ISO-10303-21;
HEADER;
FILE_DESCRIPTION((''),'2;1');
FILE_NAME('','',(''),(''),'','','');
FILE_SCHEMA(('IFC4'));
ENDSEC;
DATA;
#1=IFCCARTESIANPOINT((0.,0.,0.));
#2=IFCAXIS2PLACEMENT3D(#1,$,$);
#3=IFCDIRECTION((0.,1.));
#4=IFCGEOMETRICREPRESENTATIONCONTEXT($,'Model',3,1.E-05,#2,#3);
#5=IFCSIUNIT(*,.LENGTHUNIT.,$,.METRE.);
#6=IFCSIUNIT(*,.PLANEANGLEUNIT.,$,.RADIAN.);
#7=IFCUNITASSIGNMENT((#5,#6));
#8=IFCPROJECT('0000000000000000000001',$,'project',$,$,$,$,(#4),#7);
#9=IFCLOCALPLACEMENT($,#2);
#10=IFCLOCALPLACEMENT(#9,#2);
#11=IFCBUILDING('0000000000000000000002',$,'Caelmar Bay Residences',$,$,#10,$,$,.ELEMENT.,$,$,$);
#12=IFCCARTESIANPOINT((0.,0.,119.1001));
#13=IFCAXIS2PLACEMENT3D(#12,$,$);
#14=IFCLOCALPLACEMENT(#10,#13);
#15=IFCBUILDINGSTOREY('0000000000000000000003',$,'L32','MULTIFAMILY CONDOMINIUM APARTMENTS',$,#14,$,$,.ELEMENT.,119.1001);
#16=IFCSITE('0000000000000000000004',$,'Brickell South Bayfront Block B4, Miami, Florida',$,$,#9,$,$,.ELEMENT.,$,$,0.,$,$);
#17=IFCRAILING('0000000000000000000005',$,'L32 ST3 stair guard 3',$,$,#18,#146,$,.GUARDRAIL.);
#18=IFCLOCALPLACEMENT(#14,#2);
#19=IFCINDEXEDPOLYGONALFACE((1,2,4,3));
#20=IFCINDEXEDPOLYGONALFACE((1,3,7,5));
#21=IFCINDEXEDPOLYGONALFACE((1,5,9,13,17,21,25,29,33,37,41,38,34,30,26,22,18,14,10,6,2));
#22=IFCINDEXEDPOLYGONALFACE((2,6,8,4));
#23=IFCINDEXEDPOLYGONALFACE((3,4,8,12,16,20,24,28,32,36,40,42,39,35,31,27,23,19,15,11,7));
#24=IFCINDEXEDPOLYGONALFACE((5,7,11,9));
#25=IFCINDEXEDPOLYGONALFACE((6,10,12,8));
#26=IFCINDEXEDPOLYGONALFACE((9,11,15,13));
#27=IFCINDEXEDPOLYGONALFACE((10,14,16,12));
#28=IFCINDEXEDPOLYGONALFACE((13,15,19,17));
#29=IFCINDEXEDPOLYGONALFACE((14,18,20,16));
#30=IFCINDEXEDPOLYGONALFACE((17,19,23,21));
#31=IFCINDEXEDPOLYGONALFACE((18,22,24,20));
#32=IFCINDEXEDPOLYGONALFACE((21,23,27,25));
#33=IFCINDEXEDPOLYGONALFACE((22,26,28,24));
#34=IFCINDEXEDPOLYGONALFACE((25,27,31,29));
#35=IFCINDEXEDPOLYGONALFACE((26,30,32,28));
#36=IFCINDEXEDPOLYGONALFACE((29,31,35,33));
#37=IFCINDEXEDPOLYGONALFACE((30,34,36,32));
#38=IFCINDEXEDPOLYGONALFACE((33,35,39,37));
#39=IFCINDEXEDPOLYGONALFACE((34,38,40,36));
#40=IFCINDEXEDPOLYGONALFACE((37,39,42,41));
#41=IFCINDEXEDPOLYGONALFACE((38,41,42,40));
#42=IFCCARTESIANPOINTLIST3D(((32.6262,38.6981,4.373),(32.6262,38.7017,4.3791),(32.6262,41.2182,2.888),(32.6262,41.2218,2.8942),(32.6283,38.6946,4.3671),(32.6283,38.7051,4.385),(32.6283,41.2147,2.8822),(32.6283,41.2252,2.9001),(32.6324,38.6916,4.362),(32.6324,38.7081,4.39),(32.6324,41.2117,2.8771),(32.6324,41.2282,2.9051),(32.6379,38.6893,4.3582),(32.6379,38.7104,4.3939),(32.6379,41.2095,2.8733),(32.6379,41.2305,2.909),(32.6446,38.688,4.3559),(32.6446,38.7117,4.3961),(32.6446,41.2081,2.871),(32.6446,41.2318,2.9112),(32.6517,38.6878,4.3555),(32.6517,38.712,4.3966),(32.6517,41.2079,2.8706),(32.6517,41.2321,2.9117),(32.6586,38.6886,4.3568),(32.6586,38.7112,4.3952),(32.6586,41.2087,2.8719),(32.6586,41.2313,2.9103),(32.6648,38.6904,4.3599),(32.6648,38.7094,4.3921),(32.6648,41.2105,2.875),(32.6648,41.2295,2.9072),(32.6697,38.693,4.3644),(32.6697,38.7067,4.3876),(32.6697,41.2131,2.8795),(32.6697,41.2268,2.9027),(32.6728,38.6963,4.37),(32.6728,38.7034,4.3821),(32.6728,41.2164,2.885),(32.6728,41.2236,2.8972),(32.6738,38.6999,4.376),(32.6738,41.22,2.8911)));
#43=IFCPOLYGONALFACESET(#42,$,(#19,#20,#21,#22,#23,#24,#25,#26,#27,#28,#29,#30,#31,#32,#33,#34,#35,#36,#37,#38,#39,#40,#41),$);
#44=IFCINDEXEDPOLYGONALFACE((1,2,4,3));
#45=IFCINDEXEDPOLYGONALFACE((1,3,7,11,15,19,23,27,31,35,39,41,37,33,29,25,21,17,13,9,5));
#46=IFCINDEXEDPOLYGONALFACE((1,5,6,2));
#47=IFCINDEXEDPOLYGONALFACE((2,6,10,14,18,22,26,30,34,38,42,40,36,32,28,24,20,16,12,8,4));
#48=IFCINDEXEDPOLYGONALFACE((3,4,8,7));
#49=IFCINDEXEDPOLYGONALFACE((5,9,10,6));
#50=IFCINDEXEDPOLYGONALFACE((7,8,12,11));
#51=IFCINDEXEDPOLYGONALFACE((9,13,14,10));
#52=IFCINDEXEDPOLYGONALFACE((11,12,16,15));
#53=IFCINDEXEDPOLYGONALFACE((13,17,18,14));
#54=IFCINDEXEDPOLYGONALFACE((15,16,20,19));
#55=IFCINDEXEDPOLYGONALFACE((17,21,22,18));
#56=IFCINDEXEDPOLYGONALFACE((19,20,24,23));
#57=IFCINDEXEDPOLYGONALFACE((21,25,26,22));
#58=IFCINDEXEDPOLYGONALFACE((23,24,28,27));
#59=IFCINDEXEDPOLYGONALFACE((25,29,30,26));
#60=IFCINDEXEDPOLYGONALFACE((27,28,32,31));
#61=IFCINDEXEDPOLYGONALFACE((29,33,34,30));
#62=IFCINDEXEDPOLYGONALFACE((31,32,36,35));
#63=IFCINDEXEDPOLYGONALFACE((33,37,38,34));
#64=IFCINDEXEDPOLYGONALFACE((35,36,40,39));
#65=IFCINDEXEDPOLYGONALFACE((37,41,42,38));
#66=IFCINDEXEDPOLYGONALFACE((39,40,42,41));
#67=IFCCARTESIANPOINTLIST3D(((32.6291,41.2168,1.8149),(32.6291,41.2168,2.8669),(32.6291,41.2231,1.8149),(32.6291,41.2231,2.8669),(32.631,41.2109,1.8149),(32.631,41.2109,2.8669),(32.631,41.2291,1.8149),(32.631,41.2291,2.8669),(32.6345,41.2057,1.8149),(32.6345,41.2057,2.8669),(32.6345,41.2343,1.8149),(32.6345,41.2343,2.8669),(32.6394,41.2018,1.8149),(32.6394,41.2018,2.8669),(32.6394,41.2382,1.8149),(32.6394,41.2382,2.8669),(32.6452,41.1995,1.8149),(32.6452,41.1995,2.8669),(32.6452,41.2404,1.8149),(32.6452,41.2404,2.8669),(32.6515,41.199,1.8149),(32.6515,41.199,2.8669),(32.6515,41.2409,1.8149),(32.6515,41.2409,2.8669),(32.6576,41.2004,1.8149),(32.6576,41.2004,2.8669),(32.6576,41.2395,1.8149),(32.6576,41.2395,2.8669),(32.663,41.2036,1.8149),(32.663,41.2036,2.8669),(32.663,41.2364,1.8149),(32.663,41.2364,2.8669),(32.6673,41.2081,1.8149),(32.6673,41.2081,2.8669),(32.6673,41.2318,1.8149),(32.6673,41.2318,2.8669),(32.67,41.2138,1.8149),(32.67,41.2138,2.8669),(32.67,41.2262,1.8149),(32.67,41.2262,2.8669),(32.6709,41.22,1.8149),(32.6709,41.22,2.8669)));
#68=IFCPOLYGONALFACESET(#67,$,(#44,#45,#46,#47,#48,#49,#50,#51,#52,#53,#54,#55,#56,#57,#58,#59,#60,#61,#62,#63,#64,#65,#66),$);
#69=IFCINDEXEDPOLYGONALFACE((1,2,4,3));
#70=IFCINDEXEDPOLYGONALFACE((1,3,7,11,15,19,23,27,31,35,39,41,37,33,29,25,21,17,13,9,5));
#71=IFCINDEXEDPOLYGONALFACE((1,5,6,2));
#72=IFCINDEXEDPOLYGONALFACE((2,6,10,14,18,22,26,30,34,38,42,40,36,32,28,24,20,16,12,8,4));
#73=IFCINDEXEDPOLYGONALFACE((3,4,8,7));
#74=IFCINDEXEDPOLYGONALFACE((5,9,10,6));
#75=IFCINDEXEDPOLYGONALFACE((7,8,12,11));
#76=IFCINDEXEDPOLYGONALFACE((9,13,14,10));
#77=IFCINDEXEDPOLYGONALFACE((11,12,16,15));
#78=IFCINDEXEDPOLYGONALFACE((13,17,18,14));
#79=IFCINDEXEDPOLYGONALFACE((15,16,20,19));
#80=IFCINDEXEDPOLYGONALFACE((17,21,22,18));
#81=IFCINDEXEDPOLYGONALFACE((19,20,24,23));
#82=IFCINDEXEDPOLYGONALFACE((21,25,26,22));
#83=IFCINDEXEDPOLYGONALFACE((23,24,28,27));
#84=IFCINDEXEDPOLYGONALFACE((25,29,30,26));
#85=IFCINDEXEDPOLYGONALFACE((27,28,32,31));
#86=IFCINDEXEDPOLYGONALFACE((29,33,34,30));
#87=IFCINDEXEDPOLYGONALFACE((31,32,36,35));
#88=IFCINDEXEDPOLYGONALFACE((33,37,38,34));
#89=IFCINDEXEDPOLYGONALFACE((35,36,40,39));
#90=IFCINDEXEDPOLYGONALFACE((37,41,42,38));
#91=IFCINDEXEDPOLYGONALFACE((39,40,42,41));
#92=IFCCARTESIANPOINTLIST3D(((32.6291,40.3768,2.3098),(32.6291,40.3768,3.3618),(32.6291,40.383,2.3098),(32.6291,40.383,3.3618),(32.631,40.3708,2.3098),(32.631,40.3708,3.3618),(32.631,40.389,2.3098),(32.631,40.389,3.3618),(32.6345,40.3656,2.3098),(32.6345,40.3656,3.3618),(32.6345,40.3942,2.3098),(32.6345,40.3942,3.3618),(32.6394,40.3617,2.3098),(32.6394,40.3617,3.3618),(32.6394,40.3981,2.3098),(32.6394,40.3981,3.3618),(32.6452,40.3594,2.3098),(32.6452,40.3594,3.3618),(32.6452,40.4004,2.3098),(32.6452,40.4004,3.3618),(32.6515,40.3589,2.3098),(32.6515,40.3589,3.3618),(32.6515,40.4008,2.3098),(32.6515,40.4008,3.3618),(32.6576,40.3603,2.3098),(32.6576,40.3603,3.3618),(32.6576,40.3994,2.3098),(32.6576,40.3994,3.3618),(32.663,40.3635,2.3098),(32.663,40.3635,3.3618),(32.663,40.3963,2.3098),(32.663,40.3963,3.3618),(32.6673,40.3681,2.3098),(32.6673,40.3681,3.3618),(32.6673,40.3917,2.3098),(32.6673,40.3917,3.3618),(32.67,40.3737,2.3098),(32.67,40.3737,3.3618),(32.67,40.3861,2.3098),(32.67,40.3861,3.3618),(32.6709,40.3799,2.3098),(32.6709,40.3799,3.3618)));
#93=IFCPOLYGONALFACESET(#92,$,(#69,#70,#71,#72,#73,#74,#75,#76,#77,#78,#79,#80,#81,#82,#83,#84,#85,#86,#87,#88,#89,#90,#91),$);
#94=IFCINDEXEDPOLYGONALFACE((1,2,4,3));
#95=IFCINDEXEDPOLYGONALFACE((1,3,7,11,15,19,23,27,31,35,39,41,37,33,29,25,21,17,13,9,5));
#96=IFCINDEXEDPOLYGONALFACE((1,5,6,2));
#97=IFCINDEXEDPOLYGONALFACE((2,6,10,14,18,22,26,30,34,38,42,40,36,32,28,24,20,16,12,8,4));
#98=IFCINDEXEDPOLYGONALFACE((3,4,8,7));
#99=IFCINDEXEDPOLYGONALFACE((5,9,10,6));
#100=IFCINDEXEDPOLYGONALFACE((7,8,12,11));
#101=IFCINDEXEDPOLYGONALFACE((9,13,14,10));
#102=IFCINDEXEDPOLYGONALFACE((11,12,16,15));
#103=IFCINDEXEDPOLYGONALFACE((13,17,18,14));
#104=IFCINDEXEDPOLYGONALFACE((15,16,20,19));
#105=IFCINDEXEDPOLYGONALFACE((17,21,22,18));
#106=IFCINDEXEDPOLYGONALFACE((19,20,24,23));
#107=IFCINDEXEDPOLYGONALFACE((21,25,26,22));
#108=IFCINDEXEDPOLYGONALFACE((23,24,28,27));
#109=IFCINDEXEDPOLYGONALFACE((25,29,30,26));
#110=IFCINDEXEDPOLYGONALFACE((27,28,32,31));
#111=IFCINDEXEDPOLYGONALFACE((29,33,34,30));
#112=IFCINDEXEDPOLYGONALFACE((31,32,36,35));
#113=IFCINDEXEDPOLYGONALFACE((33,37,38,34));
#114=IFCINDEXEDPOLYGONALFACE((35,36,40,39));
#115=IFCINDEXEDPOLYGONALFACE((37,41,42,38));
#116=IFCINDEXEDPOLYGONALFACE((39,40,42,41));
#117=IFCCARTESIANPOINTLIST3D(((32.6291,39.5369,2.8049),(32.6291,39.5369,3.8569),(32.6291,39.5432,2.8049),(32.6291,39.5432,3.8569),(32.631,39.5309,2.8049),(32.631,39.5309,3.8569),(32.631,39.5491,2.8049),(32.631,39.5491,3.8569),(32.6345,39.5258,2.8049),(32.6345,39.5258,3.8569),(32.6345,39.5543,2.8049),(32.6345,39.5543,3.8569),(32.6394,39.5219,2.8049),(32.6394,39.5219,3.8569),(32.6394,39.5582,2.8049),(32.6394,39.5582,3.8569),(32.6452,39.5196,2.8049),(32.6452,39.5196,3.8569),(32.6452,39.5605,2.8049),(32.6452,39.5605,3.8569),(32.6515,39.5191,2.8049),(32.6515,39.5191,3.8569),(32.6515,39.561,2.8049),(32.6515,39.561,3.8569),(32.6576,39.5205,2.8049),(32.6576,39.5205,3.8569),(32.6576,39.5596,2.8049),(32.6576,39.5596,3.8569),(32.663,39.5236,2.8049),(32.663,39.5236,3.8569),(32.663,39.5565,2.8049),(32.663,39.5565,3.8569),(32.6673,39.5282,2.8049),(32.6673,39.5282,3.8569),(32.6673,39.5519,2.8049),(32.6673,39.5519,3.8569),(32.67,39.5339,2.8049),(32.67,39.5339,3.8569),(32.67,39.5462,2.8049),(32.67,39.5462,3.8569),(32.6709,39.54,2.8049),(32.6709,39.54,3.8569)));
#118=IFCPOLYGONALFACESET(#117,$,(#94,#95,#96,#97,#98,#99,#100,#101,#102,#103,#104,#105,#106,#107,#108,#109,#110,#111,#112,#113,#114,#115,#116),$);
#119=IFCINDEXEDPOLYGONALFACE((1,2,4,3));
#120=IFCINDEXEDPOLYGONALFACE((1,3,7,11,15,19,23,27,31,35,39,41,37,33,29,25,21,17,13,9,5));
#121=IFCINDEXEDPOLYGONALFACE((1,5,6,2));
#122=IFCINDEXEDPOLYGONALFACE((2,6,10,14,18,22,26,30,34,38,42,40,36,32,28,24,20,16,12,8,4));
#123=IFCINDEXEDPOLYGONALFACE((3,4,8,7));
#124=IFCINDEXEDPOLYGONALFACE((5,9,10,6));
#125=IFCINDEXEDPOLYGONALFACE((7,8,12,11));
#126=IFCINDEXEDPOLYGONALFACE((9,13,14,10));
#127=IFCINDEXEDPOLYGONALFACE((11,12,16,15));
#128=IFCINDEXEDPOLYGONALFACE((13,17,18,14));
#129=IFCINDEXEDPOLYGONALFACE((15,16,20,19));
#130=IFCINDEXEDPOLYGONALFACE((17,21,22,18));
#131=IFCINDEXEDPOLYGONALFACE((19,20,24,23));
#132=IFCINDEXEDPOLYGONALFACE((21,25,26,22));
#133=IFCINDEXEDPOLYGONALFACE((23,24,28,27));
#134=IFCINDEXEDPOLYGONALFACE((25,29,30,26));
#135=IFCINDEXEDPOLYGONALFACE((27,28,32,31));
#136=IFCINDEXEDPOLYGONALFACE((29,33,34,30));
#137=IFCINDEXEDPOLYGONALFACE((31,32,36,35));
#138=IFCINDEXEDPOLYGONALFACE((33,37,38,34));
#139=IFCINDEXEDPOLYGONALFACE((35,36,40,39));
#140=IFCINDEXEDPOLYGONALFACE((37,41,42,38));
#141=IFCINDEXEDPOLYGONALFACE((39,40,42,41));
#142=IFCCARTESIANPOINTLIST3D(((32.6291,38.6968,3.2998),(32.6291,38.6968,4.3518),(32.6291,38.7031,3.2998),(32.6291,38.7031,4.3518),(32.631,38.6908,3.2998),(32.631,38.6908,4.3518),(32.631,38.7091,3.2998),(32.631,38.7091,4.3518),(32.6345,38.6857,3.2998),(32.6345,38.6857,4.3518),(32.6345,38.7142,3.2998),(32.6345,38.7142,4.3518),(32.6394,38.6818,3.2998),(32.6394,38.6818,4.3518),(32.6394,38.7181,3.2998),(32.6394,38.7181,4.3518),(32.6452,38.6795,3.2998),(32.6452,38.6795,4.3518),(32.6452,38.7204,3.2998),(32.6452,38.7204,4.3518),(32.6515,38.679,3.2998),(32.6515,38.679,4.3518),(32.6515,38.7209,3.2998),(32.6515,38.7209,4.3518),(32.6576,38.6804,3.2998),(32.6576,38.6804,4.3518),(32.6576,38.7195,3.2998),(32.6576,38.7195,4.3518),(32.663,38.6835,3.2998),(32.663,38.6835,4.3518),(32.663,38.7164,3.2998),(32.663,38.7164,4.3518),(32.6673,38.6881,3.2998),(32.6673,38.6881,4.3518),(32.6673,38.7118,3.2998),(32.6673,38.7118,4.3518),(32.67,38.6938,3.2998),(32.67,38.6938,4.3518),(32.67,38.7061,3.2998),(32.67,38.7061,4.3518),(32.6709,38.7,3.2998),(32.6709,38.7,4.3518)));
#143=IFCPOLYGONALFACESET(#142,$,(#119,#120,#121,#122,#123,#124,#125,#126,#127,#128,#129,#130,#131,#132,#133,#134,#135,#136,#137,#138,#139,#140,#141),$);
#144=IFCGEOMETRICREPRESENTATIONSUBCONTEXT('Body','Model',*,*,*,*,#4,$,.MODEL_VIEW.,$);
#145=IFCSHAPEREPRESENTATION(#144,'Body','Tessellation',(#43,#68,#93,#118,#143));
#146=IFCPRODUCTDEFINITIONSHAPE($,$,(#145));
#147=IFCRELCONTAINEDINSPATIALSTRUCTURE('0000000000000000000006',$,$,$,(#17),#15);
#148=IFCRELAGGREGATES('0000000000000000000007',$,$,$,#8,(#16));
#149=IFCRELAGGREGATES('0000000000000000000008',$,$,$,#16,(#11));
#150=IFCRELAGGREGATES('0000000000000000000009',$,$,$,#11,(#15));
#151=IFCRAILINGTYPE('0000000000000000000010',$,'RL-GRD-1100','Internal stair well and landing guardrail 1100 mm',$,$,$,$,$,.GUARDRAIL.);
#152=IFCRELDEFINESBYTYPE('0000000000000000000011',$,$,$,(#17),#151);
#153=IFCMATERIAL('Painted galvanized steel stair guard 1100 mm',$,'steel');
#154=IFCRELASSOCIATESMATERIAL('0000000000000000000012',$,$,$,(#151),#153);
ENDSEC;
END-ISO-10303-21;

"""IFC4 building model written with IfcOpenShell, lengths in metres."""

from ifc_helpers import new_model, si_unit, direction, frame, origin, origin_2d, place, context, subcontext, project, spatial, circle, extrude, material, type_object, element, save


model = new_model("IFC4")

# Units and contexts
model_context = context("Model", 3, precision=1e-05, world=origin(), true_north=direction((0.0, 1.0)))
body_context = subcontext(model_context, "Body", "Model", "MODEL_VIEW")
ifc_project = project(units=[si_unit("LENGTHUNIT", "METRE"), si_unit("PLANEANGLEUNIT", "RADIAN")], contexts=[model_context])

# Site, building, storey
site_placement = place(None, origin())
site = spatial("IfcSite", under=ifc_project, at=site_placement, Name="Brickell South Bayfront Block B4, Miami, Florida", CompositionType="ELEMENT", RefElevation=0.0)
building_placement = place(site_placement, origin())
building = spatial("IfcBuilding", under=site, at=building_placement, Name="Caelmar Bay Residences", CompositionType="ELEMENT")
storey_placement = place(building_placement, frame((0.0, 0.0, 119.1001)))
storey = spatial("IfcBuildingStorey", under=building, at=storey_placement, Name="L32", Description="MULTIFAMILY CONDOMINIUM APARTMENTS", CompositionType="ELEMENT", Elevation=119.1001)

# Railing
ifc_material_1 = material(Name="Painted galvanized steel stair guard 1100 mm", Category="steel")
railing_type_1 = type_object("IfcRailingType", Name="RL-GRD-1100", Description="Internal stair well and landing guardrail 1100 mm", PredefinedType="GUARDRAIL", material=ifc_material_1)
railing_1_placement = place(storey_placement, frame((32.6499, 41.22, 1.8149)))
element("IfcRailing", 1, at=railing_1_placement, inside=storey, type_object=railing_type_1, Name="L32 ST3 stair guard 3", PredefinedType="GUARDRAIL", context=body_context, shape_type="SweptSolid", body=[
    extrude(circle(Radius=0.0239, at=origin_2d()), frame((0.0, 0.0, 1.0762), z_axis=(0.0, -0.861561, 0.507655), x_axis=(1.0, 0.0, 0.0)), (0.0, 0.0, 1.0), 2.925),
    extrude(circle(Radius=0.021, at=origin_2d()), origin(), (0.0, 0.0, 1.0), 1.052),
    extrude(circle(Radius=0.021, at=origin_2d()), frame((0.0, -0.8401, 0.4949)), (0.0, 0.0, 1.0), 1.052),
    extrude(circle(Radius=0.021, at=origin_2d()), frame((0.0, -1.6799, 0.99)), (0.0, 0.0, 1.0), 1.052),
    extrude(circle(Radius=0.021, at=origin_2d()), frame((0.0, -2.52, 1.4849)), (0.0, 0.0, 1.0), 1.052),
])

save(model, "model.ifc")
